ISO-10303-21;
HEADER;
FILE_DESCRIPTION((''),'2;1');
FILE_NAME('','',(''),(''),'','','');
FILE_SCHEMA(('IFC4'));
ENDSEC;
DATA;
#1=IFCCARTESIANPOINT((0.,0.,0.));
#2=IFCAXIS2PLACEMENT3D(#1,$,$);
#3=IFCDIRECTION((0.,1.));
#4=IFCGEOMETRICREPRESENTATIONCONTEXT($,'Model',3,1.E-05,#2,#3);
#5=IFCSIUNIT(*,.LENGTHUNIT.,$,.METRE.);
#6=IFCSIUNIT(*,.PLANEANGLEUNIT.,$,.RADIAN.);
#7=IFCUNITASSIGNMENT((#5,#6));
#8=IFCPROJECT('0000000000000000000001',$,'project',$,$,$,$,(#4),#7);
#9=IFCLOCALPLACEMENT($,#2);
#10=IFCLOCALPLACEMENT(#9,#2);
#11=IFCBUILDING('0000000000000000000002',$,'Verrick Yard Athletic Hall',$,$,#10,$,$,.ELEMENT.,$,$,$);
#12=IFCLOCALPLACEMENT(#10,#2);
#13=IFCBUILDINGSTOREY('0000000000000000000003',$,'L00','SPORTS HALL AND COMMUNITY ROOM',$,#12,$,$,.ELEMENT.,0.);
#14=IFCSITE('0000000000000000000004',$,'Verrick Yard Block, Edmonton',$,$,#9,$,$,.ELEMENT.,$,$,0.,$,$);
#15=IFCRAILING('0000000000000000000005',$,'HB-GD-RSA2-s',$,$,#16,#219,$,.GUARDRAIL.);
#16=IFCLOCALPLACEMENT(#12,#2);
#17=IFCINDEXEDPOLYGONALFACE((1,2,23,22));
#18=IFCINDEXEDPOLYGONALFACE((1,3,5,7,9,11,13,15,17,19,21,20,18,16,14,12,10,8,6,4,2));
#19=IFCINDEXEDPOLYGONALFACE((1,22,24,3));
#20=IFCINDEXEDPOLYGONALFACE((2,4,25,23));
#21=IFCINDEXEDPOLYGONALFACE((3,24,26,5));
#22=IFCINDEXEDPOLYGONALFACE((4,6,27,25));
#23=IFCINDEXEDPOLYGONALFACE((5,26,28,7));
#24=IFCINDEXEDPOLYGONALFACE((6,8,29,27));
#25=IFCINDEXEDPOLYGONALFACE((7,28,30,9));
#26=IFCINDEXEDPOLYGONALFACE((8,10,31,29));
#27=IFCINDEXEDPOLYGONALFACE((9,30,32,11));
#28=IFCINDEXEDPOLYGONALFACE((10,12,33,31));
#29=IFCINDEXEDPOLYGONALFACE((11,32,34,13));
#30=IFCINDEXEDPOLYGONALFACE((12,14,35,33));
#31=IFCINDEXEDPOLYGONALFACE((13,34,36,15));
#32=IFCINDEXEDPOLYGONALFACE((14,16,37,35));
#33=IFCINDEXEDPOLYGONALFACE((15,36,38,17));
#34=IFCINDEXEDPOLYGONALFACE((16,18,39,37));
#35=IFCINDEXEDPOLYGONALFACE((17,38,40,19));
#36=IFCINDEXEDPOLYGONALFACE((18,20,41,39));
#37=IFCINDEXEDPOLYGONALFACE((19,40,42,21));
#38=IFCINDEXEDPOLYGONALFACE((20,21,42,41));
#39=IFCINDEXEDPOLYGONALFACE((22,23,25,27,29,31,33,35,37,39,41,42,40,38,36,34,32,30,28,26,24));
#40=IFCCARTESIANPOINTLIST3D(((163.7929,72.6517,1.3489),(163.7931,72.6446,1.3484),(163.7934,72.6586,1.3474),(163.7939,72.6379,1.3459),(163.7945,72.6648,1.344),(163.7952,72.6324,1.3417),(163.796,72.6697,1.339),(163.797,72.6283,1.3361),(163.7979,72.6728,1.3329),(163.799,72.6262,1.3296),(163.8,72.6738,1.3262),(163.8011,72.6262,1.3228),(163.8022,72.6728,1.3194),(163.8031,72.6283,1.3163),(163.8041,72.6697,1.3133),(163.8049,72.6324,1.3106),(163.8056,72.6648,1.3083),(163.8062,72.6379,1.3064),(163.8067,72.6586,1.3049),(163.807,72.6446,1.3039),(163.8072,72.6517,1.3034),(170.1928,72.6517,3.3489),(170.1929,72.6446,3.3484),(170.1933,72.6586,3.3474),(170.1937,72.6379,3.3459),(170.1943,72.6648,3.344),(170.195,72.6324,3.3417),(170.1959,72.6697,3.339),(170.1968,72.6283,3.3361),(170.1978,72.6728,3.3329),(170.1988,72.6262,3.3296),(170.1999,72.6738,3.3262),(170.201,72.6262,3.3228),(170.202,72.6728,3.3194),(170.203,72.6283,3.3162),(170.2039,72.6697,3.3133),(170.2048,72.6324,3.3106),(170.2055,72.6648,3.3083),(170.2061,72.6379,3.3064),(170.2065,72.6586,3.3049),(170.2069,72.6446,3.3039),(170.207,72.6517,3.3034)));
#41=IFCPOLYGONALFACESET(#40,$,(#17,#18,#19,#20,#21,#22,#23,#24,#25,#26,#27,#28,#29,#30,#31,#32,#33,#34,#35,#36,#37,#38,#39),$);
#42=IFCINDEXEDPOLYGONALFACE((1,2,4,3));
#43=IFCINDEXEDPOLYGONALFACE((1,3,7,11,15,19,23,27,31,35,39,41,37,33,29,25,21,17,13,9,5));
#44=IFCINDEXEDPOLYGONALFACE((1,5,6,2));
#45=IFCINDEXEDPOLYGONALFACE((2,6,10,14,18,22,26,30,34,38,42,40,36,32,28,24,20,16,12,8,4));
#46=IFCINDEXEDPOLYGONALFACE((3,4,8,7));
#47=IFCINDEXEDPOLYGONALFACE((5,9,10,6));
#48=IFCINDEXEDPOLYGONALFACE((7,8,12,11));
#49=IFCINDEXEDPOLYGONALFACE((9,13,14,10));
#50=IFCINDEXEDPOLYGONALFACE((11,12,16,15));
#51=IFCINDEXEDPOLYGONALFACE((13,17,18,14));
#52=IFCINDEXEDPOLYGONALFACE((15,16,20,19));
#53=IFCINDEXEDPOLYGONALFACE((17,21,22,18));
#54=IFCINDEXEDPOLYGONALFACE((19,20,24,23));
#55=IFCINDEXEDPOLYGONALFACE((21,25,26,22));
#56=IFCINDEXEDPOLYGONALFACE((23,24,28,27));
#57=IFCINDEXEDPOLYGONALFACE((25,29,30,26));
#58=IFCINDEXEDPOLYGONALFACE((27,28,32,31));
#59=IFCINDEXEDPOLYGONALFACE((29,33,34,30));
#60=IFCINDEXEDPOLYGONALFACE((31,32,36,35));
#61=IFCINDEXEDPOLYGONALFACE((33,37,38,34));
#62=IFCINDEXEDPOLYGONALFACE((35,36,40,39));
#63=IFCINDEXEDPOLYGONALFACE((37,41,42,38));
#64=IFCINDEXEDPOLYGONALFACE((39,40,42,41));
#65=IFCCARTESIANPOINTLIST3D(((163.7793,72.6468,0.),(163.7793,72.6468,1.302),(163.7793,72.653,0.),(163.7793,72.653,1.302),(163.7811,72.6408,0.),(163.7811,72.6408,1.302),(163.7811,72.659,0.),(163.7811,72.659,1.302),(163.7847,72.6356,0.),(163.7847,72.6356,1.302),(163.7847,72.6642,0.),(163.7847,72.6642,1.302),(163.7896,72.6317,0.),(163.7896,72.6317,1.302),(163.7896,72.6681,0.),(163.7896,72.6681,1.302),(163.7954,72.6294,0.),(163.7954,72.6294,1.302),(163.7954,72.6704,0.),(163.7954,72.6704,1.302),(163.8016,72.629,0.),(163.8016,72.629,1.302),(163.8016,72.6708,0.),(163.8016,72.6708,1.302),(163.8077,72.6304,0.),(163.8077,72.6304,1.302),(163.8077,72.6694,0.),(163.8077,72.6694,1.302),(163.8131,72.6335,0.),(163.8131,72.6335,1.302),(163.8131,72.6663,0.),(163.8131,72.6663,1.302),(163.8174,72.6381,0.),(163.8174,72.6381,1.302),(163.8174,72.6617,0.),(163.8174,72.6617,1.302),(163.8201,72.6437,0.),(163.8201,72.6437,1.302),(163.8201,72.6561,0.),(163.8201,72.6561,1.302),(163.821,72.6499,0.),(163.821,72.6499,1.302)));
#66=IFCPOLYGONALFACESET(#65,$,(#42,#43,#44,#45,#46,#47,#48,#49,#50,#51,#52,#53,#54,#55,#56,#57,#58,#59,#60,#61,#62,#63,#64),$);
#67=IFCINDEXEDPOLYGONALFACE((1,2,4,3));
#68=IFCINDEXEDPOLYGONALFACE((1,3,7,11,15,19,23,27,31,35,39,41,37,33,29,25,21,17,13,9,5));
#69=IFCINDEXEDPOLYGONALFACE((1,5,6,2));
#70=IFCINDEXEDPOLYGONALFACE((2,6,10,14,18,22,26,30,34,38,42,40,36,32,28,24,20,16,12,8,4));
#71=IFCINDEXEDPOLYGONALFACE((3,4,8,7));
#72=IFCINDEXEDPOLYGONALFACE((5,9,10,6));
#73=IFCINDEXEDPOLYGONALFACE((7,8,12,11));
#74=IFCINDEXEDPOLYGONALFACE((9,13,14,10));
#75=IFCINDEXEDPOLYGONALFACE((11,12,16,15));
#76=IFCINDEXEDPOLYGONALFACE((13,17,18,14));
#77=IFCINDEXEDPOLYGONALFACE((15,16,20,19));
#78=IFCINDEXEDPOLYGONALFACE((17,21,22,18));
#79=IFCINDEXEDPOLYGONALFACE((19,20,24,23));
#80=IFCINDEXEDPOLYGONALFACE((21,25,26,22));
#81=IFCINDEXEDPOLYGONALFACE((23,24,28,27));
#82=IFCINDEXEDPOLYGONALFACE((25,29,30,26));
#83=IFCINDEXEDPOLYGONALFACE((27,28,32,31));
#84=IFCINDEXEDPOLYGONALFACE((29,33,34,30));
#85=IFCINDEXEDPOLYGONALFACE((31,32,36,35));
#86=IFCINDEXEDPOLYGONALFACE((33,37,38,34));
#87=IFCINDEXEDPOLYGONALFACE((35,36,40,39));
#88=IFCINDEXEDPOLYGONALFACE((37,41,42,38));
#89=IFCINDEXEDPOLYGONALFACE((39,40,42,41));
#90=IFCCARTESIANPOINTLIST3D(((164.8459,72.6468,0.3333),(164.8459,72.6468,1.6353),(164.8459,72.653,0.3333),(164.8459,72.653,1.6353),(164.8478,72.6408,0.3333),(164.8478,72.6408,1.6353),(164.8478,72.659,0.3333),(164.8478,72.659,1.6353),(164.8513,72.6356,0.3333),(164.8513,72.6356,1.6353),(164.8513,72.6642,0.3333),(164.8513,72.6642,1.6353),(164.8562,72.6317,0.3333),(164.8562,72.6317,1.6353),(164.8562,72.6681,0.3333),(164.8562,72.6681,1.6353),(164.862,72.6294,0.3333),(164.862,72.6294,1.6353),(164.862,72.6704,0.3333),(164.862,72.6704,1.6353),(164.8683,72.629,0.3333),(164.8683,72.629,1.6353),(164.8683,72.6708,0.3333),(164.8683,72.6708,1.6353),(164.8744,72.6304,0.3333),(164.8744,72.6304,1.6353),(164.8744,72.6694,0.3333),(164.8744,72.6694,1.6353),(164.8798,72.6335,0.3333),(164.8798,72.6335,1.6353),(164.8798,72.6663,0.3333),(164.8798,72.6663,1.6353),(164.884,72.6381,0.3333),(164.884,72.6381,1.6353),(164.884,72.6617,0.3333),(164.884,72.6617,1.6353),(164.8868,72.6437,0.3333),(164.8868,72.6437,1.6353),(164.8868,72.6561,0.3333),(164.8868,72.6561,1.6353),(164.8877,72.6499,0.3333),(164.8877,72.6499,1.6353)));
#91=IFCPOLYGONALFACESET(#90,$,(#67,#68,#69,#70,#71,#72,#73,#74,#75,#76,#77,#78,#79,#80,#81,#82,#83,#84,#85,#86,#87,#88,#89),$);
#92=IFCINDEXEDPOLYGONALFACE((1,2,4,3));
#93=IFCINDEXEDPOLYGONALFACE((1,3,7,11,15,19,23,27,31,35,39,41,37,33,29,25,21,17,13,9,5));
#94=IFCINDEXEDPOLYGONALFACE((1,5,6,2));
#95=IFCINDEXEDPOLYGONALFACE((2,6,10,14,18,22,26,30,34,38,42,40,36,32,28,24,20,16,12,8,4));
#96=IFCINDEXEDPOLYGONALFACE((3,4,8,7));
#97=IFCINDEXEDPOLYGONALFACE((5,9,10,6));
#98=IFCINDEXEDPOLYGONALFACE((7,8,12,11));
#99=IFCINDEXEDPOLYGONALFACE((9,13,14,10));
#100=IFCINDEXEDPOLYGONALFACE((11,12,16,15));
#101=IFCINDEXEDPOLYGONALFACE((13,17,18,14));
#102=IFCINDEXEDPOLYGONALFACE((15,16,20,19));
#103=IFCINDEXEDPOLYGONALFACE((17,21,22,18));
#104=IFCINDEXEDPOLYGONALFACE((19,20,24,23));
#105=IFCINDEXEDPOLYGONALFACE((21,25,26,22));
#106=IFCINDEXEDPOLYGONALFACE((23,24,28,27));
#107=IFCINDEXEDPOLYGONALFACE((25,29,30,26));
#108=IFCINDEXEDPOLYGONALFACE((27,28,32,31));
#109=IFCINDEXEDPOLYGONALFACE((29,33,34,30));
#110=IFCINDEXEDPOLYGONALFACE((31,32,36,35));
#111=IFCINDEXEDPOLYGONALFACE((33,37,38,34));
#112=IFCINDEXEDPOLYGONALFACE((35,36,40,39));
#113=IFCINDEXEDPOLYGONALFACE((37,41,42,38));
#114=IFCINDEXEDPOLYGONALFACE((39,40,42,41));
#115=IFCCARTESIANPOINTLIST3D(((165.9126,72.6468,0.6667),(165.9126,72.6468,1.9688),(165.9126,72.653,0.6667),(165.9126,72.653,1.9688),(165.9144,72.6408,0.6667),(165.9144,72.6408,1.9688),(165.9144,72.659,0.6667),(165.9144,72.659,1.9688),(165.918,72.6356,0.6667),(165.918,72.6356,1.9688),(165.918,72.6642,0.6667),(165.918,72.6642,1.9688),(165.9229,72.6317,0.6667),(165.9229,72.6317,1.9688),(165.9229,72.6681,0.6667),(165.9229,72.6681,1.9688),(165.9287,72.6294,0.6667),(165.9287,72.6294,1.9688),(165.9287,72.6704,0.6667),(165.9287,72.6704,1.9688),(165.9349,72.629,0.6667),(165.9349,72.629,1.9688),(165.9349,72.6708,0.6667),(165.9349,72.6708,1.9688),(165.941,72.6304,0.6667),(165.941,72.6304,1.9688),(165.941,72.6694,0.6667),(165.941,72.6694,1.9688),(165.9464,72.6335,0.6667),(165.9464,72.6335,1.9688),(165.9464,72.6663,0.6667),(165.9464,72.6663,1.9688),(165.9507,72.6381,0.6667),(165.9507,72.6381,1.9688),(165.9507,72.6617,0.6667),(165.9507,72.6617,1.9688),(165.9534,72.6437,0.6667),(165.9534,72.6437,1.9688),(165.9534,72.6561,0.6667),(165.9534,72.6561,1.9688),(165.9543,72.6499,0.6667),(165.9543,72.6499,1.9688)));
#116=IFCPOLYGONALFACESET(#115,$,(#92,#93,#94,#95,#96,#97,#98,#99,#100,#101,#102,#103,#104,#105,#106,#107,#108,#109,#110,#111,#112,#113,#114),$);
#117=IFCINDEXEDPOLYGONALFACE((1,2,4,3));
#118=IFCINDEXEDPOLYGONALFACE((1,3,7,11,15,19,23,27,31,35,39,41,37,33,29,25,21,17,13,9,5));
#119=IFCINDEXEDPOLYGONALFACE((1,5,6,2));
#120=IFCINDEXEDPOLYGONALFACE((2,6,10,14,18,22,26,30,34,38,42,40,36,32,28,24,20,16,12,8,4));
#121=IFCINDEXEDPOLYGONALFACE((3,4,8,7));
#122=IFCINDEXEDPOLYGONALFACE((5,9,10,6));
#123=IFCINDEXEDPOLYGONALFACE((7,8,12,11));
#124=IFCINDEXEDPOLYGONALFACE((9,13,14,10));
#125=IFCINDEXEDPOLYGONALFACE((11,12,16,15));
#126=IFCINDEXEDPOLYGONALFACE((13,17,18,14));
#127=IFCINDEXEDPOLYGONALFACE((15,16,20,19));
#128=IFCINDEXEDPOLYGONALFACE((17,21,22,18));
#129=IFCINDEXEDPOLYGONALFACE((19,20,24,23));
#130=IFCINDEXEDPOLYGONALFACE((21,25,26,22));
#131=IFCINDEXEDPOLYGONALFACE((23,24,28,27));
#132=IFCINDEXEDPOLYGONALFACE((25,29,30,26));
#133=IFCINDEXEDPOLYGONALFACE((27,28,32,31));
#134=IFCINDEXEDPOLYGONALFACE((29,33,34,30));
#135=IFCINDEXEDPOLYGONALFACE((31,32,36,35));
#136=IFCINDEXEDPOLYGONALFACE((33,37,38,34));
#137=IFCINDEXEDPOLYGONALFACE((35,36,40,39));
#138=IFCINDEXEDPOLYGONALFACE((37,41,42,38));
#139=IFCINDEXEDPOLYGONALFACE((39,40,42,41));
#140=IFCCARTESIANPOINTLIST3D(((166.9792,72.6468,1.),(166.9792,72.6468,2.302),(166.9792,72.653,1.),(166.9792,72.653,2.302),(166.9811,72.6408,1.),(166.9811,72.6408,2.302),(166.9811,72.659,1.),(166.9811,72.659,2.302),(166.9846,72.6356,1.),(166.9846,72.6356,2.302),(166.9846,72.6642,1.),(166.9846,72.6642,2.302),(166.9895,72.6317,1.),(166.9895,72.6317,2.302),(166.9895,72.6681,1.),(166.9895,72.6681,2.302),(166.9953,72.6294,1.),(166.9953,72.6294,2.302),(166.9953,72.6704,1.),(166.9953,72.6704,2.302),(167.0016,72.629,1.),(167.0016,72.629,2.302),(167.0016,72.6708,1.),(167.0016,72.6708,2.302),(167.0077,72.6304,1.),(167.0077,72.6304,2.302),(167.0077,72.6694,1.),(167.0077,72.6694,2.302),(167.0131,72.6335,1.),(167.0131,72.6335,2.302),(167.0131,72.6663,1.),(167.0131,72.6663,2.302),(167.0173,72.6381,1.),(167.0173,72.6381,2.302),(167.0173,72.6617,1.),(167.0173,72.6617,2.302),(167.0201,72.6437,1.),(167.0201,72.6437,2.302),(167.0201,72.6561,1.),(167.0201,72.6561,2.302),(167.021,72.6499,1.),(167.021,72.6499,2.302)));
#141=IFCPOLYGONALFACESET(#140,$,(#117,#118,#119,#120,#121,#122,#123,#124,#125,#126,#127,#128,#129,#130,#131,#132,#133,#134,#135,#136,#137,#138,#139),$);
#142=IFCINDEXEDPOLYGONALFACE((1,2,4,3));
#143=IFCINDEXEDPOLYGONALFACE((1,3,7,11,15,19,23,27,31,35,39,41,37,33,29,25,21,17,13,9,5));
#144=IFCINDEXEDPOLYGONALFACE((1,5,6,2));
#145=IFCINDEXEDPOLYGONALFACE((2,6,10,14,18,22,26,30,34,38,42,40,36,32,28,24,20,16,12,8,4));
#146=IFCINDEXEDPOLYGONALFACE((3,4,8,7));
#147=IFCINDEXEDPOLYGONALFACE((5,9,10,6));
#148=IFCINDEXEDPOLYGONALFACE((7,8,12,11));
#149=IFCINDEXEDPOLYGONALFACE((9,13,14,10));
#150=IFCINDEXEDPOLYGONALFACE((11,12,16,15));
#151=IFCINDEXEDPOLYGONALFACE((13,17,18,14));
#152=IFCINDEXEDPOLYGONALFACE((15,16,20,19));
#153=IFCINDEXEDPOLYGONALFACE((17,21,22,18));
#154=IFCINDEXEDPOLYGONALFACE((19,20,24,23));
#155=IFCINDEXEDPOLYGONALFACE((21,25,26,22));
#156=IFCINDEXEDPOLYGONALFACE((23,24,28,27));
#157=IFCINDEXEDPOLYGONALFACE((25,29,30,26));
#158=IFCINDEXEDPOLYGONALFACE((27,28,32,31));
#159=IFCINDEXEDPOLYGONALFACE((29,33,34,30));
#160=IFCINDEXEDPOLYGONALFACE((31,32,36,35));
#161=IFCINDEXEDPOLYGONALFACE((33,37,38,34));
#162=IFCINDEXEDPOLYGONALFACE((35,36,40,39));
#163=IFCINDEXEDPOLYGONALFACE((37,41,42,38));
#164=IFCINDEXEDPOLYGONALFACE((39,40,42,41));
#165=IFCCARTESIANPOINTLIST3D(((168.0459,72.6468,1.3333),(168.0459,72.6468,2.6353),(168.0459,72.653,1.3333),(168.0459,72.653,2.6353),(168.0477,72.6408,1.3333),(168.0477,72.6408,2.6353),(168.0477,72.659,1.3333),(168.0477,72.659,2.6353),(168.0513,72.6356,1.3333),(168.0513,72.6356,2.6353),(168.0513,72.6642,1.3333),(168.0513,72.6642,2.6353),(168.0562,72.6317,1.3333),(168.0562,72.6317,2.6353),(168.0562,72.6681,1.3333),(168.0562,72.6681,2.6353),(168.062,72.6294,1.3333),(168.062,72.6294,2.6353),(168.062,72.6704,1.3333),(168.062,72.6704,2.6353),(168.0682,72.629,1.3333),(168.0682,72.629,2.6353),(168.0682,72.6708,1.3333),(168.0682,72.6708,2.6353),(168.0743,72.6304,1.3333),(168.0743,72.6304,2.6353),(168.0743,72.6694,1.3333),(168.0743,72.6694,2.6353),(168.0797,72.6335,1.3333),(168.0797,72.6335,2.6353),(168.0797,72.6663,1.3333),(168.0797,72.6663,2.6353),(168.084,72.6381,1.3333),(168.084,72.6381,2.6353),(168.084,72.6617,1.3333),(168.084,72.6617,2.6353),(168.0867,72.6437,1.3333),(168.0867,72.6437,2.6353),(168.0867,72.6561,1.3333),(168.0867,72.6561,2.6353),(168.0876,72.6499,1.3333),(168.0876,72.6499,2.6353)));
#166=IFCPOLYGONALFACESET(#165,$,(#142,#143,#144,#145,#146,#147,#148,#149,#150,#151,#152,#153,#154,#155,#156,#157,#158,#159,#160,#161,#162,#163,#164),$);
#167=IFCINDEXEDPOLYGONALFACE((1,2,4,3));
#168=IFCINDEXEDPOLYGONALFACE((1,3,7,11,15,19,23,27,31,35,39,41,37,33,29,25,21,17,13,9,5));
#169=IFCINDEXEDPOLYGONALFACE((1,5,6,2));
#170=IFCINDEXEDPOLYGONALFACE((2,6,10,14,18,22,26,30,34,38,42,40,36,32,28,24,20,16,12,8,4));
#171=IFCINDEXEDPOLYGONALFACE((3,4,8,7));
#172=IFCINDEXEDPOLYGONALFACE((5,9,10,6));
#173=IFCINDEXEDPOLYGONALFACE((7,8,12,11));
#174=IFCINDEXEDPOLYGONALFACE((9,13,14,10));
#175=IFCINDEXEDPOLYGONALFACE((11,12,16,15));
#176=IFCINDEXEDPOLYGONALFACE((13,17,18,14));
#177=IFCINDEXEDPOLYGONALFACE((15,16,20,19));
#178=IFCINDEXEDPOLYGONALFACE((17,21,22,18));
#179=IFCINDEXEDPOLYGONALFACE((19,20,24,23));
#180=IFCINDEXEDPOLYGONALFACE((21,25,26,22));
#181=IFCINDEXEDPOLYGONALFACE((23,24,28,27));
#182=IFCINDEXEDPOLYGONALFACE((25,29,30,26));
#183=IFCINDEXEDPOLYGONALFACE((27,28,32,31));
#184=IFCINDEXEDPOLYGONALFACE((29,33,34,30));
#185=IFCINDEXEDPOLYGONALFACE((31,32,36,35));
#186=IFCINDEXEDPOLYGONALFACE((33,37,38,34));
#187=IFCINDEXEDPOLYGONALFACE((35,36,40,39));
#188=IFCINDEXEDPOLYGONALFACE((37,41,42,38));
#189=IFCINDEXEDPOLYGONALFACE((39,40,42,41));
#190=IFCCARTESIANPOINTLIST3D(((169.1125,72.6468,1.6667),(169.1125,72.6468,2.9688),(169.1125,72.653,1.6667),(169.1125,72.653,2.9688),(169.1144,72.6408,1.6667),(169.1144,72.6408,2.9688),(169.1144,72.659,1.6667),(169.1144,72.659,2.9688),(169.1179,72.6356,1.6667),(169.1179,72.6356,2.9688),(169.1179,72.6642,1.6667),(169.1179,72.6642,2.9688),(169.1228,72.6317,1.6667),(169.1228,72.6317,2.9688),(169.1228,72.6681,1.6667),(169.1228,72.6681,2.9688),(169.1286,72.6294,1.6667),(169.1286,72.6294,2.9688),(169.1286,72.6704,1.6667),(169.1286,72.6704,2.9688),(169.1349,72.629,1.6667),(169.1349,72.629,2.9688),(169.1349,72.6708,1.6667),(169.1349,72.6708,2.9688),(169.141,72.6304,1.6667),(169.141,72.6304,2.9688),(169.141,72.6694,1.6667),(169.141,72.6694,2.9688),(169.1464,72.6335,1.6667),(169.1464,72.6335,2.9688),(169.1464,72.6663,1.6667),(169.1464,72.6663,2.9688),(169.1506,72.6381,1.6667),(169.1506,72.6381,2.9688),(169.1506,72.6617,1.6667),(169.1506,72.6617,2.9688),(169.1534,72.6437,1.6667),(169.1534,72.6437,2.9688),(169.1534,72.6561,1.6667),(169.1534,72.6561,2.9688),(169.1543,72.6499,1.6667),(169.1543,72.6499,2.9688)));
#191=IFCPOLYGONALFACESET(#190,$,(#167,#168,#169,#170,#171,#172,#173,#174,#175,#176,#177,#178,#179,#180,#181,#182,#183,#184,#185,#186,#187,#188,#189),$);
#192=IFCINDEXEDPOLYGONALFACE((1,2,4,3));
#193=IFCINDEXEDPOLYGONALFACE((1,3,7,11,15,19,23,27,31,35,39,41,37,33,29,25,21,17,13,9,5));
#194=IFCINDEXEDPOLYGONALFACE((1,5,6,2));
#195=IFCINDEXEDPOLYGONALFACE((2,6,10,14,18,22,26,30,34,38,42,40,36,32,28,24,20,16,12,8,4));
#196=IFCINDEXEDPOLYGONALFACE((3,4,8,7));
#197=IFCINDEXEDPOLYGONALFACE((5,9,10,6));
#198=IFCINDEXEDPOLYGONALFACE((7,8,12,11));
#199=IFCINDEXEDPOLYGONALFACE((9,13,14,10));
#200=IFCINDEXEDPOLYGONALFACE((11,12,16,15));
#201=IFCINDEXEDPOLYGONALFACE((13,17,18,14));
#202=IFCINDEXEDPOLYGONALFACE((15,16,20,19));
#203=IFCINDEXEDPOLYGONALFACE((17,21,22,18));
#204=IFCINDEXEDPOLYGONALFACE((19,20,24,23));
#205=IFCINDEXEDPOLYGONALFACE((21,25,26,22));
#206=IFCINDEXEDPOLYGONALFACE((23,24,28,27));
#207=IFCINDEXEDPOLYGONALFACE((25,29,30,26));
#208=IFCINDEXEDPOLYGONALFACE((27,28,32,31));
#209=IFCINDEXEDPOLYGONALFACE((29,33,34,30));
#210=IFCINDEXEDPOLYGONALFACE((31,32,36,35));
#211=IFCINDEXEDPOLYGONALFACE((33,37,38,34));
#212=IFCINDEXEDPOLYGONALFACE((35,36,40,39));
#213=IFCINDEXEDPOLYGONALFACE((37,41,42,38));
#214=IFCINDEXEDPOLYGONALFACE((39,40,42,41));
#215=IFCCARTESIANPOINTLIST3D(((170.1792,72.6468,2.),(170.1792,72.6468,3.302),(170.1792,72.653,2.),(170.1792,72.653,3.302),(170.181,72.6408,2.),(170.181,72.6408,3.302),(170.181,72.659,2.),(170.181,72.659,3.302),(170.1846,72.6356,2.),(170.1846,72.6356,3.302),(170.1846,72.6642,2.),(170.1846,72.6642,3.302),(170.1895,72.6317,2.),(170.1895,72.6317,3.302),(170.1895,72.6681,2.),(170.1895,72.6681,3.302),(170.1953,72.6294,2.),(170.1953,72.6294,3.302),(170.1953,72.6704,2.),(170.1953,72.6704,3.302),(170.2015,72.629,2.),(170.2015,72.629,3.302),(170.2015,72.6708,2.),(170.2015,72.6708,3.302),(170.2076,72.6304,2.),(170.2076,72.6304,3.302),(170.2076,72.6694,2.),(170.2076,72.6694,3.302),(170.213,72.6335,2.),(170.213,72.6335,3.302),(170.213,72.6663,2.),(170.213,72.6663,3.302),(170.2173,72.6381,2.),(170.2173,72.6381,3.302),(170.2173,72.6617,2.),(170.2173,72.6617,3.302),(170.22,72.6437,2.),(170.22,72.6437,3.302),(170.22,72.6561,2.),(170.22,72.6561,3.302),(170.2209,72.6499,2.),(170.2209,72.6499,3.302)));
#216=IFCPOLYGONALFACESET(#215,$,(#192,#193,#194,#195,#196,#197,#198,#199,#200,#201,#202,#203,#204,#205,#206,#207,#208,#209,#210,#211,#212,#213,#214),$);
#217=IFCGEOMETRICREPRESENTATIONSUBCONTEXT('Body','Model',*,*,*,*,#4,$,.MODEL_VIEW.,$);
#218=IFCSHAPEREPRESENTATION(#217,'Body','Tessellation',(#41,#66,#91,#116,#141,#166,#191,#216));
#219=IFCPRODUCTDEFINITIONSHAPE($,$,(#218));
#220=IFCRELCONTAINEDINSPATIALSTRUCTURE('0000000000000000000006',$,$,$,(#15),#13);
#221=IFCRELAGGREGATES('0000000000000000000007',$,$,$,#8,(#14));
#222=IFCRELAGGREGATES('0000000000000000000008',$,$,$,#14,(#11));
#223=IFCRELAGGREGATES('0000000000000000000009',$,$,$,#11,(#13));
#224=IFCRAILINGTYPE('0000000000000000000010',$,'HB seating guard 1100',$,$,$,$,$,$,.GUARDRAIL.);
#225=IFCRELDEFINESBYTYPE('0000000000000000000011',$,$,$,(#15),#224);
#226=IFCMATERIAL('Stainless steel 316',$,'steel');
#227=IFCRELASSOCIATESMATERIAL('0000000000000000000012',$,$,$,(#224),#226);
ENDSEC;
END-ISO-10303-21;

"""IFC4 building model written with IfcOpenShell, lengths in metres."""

from ifc_helpers import new_model, si_unit, direction, frame, origin, origin_2d, place, context, subcontext, project, spatial, circle, extrude, material, type_object, element, save


model = new_model("IFC4")

# Units and contexts
model_context = context("Model", 3, precision=1e-05, world=origin(), true_north=direction((0.0, 1.0)))
body_context = subcontext(model_context, "Body", "Model", "MODEL_VIEW")
ifc_project = project(units=[si_unit("LENGTHUNIT", "METRE"), si_unit("PLANEANGLEUNIT", "RADIAN")], contexts=[model_context])

# Site, building, storey
site_placement = place(None, origin())
site = spatial("IfcSite", under=ifc_project, at=site_placement, Name="Verrick Yard Block, Edmonton", CompositionType="ELEMENT", RefElevation=0.0)
building_placement = place(site_placement, origin())
building = spatial("IfcBuilding", under=site, at=building_placement, Name="Verrick Yard Athletic Hall", CompositionType="ELEMENT")
storey_placement = place(building_placement, origin())
storey = spatial("IfcBuildingStorey", under=building, at=storey_placement, Name="L00", Description="SPORTS HALL AND COMMUNITY ROOM", CompositionType="ELEMENT", Elevation=0.0)

# Railing
ifc_material_1 = material(Name="Stainless steel 316", Category="steel")
railing_type = type_object("IfcRailingType", Name="HB seating guard 1100", PredefinedType="GUARDRAIL", material=ifc_material_1)
railing_placement = place(storey_placement, frame((163.8, 72.6499, 0.0)))
element("IfcRailing", 1, at=railing_placement, inside=storey, type_object=railing_type, Name="HB-GD-RSA2-s", PredefinedType="GUARDRAIL", context=body_context, shape_type="SweptSolid", body=[
    extrude(circle(Radius=0.0239, at=origin_2d()), frame((0.0, 0.0, 1.3262), z_axis=(0.954479, 0.0, 0.298279), x_axis=(0.0, 1.0, 0.0)), (0.0, 0.0, 1.0), 6.7051),
    extrude(circle(Radius=0.021, at=origin_2d()), origin(), (0.0, 0.0, 1.0), 1.302),
    extrude(circle(Radius=0.021, at=origin_2d()), frame((1.0667, 0.0, 0.3333)), (0.0, 0.0, 1.0), 1.302),
    extrude(circle(Radius=0.021, at=origin_2d()), frame((2.1333, 0.0, 0.6667)), (0.0, 0.0, 1.0), 1.302),
    extrude(circle(Radius=0.021, at=origin_2d()), frame((3.2, 0.0, 1.0)), (0.0, 0.0, 1.0), 1.302),
    extrude(circle(Radius=0.021, at=origin_2d()), frame((4.2666, 0.0, 1.3333)), (0.0, 0.0, 1.0), 1.302),
    extrude(circle(Radius=0.021, at=origin_2d()), frame((5.3333, 0.0, 1.6667)), (0.0, 0.0, 1.0), 1.302),
    extrude(circle(Radius=0.021, at=origin_2d()), frame((6.3999, 0.0, 2.0)), (0.0, 0.0, 1.0), 1.302),
])

save(model, "model.ifc")
